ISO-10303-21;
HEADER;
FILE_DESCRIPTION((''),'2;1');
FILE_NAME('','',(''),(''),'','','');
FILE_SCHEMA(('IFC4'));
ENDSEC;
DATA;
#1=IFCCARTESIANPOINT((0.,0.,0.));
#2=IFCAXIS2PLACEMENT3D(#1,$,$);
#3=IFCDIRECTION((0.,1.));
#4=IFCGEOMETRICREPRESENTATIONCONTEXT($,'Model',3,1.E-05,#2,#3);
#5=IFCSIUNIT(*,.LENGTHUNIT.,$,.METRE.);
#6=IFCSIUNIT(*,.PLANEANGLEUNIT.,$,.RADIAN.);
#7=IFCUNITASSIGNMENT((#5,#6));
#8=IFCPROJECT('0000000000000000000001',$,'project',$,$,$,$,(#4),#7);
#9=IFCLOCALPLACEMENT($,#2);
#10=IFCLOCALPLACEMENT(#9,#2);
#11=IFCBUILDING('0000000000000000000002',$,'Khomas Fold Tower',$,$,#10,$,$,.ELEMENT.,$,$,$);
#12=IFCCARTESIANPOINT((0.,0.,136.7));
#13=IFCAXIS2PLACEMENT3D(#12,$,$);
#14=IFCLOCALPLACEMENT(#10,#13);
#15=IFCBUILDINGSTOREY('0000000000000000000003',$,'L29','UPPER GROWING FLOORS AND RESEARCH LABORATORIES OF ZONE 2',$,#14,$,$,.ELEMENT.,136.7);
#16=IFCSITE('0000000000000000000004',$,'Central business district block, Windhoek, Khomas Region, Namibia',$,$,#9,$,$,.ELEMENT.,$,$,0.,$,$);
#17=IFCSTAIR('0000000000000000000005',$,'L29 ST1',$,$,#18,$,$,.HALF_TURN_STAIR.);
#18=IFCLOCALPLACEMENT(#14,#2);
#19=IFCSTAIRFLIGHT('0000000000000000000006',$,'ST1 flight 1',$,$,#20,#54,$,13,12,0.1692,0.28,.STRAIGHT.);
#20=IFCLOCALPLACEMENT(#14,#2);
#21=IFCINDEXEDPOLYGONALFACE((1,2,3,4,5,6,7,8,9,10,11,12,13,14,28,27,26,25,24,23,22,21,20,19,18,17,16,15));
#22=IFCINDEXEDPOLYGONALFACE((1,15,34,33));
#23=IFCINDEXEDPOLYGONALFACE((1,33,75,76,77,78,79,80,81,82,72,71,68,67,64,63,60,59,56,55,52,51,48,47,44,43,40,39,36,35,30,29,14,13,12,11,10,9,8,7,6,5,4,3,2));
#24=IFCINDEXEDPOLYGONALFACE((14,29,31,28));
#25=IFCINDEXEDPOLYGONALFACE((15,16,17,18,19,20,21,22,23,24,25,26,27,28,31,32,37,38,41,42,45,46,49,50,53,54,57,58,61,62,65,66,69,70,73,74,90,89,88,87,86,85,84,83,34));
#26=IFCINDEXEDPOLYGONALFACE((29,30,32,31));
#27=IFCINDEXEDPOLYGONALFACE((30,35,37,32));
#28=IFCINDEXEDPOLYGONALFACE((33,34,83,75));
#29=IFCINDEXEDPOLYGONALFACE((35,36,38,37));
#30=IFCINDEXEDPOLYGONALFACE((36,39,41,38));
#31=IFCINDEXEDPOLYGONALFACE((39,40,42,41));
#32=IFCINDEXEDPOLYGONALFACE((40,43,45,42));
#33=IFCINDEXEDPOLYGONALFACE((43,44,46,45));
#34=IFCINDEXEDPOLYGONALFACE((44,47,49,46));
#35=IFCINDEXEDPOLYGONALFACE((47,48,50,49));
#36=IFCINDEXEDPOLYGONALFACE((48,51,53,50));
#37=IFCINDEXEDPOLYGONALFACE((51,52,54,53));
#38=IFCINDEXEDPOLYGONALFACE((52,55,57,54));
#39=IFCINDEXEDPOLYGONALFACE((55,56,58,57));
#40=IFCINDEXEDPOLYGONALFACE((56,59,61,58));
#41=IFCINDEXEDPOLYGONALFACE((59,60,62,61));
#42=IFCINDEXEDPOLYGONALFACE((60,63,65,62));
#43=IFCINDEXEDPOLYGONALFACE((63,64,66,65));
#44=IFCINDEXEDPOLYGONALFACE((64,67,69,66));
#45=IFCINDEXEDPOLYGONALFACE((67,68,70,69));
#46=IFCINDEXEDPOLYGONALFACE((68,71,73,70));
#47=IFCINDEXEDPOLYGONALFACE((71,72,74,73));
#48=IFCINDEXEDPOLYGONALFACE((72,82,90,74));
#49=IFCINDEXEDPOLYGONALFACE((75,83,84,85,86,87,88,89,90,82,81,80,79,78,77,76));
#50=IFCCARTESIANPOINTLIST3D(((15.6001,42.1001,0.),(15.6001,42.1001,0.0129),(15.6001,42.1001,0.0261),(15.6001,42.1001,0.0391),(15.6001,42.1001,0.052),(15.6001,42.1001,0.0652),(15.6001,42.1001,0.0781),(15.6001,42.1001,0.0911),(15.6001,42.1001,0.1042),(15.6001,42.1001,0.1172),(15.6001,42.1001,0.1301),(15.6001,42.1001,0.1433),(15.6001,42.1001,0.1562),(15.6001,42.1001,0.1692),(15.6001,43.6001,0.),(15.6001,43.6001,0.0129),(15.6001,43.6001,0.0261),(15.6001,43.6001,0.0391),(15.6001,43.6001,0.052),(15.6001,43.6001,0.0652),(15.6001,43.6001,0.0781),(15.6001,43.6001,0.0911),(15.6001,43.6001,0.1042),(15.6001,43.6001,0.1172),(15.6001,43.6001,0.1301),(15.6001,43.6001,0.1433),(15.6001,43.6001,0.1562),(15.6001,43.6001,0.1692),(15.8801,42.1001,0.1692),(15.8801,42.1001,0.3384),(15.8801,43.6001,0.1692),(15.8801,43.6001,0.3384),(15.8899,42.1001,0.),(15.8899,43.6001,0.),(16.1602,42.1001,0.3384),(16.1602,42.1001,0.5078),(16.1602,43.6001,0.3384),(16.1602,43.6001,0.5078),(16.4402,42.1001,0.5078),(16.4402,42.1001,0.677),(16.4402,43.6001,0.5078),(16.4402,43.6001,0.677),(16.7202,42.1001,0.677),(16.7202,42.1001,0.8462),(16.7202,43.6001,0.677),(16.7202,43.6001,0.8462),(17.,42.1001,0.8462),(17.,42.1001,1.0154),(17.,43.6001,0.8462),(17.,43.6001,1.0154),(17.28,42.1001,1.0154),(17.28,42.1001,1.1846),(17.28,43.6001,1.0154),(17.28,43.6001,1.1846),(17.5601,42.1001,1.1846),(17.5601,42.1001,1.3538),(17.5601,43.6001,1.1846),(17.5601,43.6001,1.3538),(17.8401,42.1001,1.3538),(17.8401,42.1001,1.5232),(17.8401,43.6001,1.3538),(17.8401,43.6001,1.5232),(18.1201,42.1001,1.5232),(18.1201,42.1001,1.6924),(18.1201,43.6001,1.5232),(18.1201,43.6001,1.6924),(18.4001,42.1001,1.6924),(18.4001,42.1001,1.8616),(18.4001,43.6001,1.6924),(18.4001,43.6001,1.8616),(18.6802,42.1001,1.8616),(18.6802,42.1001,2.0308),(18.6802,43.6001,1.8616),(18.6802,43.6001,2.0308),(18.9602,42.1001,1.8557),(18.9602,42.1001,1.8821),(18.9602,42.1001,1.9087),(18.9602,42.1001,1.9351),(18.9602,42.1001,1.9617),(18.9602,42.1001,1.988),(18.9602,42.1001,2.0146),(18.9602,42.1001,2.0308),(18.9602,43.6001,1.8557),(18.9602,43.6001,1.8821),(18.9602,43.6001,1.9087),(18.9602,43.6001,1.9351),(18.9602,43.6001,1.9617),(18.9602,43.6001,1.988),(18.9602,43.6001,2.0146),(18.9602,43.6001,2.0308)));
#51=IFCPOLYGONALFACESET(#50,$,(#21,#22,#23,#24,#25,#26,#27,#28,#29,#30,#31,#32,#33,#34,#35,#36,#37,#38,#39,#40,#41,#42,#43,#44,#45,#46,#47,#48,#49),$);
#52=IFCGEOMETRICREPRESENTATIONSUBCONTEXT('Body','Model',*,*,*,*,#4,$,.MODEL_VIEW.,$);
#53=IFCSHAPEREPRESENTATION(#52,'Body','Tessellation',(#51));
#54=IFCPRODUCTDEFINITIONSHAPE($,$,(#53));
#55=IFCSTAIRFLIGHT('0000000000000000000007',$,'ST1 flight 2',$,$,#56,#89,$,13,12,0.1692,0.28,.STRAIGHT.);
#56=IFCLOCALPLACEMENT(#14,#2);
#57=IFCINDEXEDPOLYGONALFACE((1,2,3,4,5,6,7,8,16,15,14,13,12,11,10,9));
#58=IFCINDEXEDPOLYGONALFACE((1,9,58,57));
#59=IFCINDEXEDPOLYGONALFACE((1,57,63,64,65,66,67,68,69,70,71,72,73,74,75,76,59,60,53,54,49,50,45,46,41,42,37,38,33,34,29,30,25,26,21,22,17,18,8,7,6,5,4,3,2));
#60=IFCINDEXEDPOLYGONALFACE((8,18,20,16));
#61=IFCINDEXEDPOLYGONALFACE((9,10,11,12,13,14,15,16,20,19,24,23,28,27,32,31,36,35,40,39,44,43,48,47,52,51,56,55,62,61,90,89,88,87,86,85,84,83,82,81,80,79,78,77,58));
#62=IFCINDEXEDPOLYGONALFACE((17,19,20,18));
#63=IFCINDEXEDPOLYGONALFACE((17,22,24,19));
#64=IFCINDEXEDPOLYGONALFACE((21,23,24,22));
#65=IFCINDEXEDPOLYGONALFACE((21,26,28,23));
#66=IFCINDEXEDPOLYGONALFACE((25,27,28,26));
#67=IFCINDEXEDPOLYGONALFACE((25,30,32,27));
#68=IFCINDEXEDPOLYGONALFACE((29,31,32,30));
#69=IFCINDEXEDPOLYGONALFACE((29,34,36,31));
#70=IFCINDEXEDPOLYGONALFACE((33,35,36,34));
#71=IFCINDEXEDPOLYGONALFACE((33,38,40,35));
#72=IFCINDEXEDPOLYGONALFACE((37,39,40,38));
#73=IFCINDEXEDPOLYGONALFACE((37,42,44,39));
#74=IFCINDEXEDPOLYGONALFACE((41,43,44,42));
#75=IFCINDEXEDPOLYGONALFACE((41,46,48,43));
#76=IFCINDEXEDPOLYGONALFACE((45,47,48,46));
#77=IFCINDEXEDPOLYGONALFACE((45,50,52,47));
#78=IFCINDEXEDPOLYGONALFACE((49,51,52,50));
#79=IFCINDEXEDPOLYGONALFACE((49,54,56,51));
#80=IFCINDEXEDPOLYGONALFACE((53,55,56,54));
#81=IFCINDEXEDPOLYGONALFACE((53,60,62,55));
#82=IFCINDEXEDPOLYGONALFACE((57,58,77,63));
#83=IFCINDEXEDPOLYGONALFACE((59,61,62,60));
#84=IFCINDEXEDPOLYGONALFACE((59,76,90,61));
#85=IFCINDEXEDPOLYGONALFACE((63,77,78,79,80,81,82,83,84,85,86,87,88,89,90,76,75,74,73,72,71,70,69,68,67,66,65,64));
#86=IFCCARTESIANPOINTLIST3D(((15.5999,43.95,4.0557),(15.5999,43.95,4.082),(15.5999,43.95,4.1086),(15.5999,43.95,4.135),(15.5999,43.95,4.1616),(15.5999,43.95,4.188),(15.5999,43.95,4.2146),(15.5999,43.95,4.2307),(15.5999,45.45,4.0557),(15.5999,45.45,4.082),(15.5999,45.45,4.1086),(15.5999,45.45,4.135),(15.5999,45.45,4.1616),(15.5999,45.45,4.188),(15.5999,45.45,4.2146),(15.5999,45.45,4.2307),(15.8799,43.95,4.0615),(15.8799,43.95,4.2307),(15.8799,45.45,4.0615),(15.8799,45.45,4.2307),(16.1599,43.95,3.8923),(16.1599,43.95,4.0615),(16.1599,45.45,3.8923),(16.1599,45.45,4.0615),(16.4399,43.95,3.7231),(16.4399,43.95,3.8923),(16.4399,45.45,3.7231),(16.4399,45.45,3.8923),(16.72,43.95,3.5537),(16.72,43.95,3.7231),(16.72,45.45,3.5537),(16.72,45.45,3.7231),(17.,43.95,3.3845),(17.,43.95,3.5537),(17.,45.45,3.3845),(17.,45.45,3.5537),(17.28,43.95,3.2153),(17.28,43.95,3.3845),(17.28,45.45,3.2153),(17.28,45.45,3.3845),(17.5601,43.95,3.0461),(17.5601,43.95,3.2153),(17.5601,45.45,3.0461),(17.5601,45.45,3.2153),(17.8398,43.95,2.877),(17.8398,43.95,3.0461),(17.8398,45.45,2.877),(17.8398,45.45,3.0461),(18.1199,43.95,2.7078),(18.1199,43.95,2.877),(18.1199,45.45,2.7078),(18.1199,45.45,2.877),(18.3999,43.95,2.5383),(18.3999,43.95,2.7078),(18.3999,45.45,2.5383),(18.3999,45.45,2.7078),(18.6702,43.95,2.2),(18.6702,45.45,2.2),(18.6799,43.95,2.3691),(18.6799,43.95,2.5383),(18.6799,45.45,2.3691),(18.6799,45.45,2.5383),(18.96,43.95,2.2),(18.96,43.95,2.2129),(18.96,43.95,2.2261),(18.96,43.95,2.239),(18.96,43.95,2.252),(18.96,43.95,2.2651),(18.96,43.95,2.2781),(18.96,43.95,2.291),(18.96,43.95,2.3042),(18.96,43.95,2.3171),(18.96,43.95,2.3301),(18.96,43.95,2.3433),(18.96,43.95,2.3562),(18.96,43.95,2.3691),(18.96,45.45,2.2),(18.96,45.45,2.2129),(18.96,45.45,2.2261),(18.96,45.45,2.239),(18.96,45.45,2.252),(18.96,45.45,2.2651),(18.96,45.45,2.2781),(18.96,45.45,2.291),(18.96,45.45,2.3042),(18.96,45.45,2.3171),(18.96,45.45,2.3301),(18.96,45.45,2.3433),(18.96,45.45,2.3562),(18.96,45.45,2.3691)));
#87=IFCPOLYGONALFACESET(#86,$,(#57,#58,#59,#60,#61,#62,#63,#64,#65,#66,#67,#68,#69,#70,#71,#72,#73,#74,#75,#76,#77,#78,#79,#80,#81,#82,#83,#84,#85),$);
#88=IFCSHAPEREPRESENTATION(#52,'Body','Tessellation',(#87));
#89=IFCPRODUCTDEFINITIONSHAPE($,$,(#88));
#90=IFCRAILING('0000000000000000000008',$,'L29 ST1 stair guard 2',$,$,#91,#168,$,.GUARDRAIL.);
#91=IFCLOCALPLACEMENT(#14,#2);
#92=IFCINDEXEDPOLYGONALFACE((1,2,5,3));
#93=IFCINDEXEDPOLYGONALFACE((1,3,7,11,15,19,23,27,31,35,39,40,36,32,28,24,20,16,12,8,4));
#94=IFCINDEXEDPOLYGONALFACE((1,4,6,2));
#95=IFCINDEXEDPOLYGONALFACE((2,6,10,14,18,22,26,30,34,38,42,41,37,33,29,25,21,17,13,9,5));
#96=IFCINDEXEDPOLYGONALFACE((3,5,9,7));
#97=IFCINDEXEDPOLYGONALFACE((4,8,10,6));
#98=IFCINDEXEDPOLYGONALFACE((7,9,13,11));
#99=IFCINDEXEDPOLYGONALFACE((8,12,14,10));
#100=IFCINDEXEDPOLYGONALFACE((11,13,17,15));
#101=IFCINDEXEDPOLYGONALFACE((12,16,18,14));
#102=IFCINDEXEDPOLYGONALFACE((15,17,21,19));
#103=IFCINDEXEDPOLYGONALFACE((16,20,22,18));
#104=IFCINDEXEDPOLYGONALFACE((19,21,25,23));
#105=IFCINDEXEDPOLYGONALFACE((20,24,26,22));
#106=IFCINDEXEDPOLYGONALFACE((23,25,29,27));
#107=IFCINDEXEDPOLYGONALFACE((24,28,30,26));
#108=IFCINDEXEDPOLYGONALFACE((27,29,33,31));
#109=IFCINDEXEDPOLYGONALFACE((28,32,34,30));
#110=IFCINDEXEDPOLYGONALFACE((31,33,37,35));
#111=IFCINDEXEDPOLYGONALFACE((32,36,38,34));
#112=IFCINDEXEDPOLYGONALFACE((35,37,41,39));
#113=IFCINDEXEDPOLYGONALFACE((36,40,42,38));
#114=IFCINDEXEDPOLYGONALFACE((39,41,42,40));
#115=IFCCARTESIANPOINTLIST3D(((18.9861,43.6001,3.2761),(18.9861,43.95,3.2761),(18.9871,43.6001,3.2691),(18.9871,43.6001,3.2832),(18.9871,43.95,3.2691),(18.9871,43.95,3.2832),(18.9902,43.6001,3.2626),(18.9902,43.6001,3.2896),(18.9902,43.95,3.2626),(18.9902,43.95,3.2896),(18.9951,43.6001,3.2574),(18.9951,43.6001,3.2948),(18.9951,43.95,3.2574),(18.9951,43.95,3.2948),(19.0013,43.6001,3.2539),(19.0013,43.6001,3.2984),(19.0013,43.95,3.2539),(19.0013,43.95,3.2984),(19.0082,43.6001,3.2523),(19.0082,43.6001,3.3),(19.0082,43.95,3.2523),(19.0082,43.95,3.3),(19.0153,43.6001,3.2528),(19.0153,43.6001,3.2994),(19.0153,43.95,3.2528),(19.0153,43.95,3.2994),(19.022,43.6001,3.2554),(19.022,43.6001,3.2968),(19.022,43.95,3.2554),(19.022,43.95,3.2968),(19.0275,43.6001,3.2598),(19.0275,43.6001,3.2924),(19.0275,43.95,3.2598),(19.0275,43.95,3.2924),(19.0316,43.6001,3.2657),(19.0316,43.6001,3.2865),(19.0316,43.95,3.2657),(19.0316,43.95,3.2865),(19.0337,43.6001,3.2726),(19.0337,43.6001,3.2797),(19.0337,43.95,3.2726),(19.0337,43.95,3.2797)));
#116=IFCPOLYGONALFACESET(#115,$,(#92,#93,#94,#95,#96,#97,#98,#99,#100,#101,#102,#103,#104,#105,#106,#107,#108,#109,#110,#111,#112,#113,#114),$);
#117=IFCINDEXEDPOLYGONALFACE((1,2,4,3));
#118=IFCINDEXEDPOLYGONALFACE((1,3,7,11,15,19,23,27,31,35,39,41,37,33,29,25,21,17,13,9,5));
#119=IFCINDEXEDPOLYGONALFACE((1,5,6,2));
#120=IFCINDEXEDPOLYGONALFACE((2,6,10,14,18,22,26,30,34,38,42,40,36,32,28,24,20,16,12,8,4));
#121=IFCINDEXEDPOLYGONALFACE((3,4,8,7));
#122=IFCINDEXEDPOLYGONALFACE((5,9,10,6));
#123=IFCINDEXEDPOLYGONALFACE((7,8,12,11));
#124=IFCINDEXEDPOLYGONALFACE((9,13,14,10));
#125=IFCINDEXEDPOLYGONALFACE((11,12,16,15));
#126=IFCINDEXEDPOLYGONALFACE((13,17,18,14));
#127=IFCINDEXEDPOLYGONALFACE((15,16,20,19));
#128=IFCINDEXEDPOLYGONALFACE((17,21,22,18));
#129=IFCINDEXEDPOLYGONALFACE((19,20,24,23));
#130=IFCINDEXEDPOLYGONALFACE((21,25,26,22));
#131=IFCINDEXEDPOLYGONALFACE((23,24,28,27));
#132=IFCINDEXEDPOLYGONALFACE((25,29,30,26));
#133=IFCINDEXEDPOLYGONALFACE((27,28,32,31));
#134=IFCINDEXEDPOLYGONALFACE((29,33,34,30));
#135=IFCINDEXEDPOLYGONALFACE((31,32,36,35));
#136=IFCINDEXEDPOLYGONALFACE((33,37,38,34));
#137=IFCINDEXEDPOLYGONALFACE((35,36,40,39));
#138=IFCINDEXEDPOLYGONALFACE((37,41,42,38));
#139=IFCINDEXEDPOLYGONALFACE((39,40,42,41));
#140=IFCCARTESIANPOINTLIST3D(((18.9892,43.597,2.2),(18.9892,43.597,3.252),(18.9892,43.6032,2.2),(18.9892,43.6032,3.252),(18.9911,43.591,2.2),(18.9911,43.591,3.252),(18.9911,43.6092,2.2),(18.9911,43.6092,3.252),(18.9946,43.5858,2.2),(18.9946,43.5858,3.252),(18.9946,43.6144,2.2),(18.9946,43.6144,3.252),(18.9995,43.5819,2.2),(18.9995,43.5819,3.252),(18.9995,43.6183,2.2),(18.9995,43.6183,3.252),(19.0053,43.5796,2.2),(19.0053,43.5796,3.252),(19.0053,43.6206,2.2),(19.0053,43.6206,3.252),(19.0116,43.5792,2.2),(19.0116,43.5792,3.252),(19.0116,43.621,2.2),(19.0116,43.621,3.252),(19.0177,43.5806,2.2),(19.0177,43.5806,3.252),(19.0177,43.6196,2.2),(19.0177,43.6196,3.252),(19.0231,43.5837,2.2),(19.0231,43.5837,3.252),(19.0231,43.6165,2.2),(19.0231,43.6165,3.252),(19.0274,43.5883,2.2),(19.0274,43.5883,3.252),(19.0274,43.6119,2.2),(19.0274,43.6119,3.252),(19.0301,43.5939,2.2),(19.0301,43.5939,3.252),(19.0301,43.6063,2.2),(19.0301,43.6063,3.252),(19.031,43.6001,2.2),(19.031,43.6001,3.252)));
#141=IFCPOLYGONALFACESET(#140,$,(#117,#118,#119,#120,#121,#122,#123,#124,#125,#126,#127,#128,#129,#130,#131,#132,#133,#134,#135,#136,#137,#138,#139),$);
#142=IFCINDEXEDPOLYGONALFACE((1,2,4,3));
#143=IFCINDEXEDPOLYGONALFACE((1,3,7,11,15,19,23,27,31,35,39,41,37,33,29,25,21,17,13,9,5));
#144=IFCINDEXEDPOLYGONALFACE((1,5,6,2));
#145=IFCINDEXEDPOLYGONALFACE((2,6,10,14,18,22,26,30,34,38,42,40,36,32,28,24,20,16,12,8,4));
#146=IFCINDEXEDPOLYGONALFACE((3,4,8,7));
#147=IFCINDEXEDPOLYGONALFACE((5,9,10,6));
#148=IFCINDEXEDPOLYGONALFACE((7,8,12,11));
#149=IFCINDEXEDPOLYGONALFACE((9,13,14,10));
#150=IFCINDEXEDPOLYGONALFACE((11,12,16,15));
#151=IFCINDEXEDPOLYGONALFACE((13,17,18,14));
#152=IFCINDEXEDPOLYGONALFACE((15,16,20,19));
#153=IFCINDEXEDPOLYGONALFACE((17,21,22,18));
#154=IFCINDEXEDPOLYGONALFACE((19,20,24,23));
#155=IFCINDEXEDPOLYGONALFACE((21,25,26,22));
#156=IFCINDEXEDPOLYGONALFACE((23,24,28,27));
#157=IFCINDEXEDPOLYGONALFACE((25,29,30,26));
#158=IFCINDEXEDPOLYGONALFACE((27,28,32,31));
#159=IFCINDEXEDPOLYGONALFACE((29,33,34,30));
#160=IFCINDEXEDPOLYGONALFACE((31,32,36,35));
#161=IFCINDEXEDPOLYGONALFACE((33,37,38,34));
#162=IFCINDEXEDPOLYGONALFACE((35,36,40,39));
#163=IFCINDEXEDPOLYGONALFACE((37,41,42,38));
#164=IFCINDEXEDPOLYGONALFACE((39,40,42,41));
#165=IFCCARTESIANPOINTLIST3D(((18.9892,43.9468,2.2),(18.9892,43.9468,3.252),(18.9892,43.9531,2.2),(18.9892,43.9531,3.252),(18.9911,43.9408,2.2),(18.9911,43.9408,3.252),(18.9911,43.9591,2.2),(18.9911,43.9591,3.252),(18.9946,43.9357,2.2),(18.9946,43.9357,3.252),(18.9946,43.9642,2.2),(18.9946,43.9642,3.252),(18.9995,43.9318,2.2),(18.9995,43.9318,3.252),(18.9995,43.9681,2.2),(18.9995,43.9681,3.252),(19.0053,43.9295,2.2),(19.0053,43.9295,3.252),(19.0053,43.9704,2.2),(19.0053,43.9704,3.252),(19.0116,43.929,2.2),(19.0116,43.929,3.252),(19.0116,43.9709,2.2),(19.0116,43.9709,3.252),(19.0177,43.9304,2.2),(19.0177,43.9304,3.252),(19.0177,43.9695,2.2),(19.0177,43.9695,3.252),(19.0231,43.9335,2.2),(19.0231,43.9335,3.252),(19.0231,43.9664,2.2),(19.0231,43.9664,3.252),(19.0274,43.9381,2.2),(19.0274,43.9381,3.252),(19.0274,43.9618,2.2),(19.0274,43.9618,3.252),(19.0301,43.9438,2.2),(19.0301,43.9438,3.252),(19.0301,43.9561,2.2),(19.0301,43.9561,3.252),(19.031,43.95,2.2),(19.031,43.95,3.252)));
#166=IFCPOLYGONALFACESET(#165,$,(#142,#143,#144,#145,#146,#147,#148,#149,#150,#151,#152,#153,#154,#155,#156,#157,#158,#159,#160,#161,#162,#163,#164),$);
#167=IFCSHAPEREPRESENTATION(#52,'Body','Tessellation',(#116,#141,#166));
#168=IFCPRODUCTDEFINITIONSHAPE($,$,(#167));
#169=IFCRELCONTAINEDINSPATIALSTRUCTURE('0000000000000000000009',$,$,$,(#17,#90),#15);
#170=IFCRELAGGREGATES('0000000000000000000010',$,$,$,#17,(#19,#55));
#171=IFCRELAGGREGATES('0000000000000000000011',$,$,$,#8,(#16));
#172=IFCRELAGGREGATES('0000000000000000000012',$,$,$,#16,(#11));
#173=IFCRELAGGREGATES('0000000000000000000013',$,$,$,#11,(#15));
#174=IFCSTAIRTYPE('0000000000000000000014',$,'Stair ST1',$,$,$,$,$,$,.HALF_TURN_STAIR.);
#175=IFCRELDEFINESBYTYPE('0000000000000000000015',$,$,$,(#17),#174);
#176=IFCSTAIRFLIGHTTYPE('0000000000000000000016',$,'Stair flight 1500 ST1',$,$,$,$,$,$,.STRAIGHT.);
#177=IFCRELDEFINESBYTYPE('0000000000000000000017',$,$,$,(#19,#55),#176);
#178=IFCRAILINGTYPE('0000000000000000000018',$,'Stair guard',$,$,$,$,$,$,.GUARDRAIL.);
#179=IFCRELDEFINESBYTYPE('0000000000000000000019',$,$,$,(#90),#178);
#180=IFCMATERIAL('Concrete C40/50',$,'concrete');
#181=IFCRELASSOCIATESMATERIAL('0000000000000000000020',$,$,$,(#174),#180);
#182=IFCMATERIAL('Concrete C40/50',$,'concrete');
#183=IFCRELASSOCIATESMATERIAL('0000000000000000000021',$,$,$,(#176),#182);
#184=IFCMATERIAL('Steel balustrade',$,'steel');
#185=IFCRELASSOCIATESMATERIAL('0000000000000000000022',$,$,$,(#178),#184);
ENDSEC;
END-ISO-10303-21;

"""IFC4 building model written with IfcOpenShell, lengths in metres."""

from ifc_helpers import new_model, si_unit, direction, frame, origin, origin_2d, place, context, subcontext, project, spatial, polyline, circle, outline, extrude, source, transform, mapped, material, type_object, element, aggregate, save


model = new_model("IFC4")

# Units and contexts
model_context = context("Model", 3, precision=1e-05, world=origin(), true_north=direction((0.0, 1.0)))
body_context = subcontext(model_context, "Body", "Model", "MODEL_VIEW")
ifc_project = project(units=[si_unit("LENGTHUNIT", "METRE"), si_unit("PLANEANGLEUNIT", "RADIAN")], contexts=[model_context])

# Site, building, storey
site_placement = place(None, origin())
site = spatial("IfcSite", under=ifc_project, at=site_placement, Name="Central business district block, Windhoek, Khomas Region, Namibia", CompositionType="ELEMENT", RefElevation=0.0)
building_placement = place(site_placement, origin())
building = spatial("IfcBuilding", under=site, at=building_placement, Name="Khomas Fold Tower", CompositionType="ELEMENT")
storey_placement = place(building_placement, frame((0.0, 0.0, 136.7)))
storey = spatial("IfcBuildingStorey", under=building, at=storey_placement, Name="L29", Description="UPPER GROWING FLOORS AND RESEARCH LABORATORIES OF ZONE 2", CompositionType="ELEMENT", Elevation=136.7)

# Stair, stair flights
ifc_material_1 = material(Name="Concrete C40/50", Category="concrete")
stair_type = type_object("IfcStairType", Name="Stair ST1", PredefinedType="HALF_TURN_STAIR", material=ifc_material_1)
stair_placement = place(storey_placement, origin())
stair = element("IfcStair", 1, at=stair_placement, inside=storey, type_object=stair_type, Name="L29 ST1", PredefinedType="HALF_TURN_STAIR")
ifc_material_2 = material(Name="Concrete C40/50", Category="concrete")
stair_flight_type = type_object("IfcStairFlightType", Name="Stair flight 1500 ST1", PredefinedType="STRAIGHT", material=ifc_material_2)
shared_shape_1 = source(origin(), body_context, "Body", "SweptSolid", [
    extrude(outline(polyline([(0.0, 0.0), (0.0, 0.0129), (0.0, 0.0261), (0.0, 0.0391), (0.0, 0.052), (0.0, 0.0652), (0.0, 0.0781), (0.0, 0.0911), (0.0, 0.1042), (0.0, 0.1172), (0.0, 0.1301), (0.0, 0.1433), (0.0, 0.1562), (0.0, 0.1692), (0.28, 0.1692), (0.28, 0.3384), (0.5601, 0.3384), (0.5601, 0.5078), (0.8401, 0.5078), (0.8401, 0.677), (1.1201, 0.677), (1.1201, 0.8462), (1.3999, 0.8462), (1.3999, 1.0154), (1.6799, 1.0154), (1.6799, 1.1846), (1.96, 1.1846), (1.96, 1.3538), (2.24, 1.3538), (2.24, 1.5232), (2.52, 1.5232), (2.52, 1.6924), (2.8, 1.6924), (2.8, 1.8616), (3.0801, 1.8616), (3.0801, 2.0308), (3.3601, 2.0308), (3.3601, 2.2), (3.3601, 2.1736), (3.3601, 2.147), (3.3601, 2.1206), (3.3601, 2.094), (3.3601, 2.0676), (3.3601, 2.041), (3.3601, 2.0146), (3.3601, 1.988), (3.3601, 1.9617), (3.3601, 1.9351), (3.3601, 1.9087), (3.3601, 1.8821), (3.3601, 1.8557), (0.2898, 0.0), (0.0, 0.0)])), frame((0.0, 0.75, 0.0), z_axis=(0.0, -1.0, 0.0), x_axis=(1.0, 0.0, 0.0)), (0.0, 0.0, 1.0), 1.5),
])
stair_flight_1_placement = place(storey_placement, frame((15.6001, 42.8501, 0.0), z_axis=(0.0, 0.0, 1.0), x_axis=(1.0, 0.0, 0.0)))
stair_flight_1 = element("IfcStairFlight", 2, at=stair_flight_1_placement, type_object=stair_flight_type, Name="ST1 flight 1", NumberOfRisers=13, NumberOfTreads=12, PredefinedType="STRAIGHT", RiserHeight=0.1692, TreadLength=0.28, context=body_context, shape_type="MappedRepresentation", body=[
    mapped(shared_shape_1, transform((0.0, 0.0, 0.0))),
])
stair_flight_2_placement = place(storey_placement, frame((18.96, 44.7, 2.2), z_axis=(0.0, 0.0, 1.0), x_axis=(-1.0, 0.0, 0.0)))
stair_flight_2 = element("IfcStairFlight", 3, at=stair_flight_2_placement, type_object=stair_flight_type, Name="ST1 flight 2", NumberOfRisers=13, NumberOfTreads=12, PredefinedType="STRAIGHT", RiserHeight=0.1692, TreadLength=0.28, context=body_context, shape_type="MappedRepresentation", body=[
    mapped(shared_shape_1, transform((0.0, 0.0, 0.0))),
])
aggregate(stair, [stair_flight_1, stair_flight_2])

# Railing
ifc_material_3 = material(Name="Steel balustrade", Category="steel")
railing_type_1 = type_object("IfcRailingType", Name="Stair guard", PredefinedType="GUARDRAIL", material=ifc_material_3)
shared_shape_2 = source(origin(), body_context, "Body", "SweptSolid", [
    extrude(circle(Radius=0.0239, at=origin_2d()), frame((0.0, 0.0, 1.0762), z_axis=(0.0, 1.0, 0.0), x_axis=(-1.0, 0.0, 0.0)), (0.0, 0.0, 1.0), 0.3499),
    extrude(circle(Radius=0.021, at=origin_2d()), origin(), (0.0, 0.0, 1.0), 1.052),
    extrude(circle(Radius=0.021, at=origin_2d()), frame((0.0, 0.3499, 0.0)), (0.0, 0.0, 1.0), 1.052),
])
for number, where, name in (
    (4, (19.01, 43.6001, 2.2), "L29 ST1 stair guard 2"),
):
    element("IfcRailing", number, at=place(storey_placement, frame(where)), inside=storey, type_object=railing_type_1, Name=name, PredefinedType="GUARDRAIL", context=body_context, shape_type="MappedRepresentation", body=[
        mapped(shared_shape_2, transform((0.0, 0.0, 0.0))),
    ])

save(model, "model.ifc")
